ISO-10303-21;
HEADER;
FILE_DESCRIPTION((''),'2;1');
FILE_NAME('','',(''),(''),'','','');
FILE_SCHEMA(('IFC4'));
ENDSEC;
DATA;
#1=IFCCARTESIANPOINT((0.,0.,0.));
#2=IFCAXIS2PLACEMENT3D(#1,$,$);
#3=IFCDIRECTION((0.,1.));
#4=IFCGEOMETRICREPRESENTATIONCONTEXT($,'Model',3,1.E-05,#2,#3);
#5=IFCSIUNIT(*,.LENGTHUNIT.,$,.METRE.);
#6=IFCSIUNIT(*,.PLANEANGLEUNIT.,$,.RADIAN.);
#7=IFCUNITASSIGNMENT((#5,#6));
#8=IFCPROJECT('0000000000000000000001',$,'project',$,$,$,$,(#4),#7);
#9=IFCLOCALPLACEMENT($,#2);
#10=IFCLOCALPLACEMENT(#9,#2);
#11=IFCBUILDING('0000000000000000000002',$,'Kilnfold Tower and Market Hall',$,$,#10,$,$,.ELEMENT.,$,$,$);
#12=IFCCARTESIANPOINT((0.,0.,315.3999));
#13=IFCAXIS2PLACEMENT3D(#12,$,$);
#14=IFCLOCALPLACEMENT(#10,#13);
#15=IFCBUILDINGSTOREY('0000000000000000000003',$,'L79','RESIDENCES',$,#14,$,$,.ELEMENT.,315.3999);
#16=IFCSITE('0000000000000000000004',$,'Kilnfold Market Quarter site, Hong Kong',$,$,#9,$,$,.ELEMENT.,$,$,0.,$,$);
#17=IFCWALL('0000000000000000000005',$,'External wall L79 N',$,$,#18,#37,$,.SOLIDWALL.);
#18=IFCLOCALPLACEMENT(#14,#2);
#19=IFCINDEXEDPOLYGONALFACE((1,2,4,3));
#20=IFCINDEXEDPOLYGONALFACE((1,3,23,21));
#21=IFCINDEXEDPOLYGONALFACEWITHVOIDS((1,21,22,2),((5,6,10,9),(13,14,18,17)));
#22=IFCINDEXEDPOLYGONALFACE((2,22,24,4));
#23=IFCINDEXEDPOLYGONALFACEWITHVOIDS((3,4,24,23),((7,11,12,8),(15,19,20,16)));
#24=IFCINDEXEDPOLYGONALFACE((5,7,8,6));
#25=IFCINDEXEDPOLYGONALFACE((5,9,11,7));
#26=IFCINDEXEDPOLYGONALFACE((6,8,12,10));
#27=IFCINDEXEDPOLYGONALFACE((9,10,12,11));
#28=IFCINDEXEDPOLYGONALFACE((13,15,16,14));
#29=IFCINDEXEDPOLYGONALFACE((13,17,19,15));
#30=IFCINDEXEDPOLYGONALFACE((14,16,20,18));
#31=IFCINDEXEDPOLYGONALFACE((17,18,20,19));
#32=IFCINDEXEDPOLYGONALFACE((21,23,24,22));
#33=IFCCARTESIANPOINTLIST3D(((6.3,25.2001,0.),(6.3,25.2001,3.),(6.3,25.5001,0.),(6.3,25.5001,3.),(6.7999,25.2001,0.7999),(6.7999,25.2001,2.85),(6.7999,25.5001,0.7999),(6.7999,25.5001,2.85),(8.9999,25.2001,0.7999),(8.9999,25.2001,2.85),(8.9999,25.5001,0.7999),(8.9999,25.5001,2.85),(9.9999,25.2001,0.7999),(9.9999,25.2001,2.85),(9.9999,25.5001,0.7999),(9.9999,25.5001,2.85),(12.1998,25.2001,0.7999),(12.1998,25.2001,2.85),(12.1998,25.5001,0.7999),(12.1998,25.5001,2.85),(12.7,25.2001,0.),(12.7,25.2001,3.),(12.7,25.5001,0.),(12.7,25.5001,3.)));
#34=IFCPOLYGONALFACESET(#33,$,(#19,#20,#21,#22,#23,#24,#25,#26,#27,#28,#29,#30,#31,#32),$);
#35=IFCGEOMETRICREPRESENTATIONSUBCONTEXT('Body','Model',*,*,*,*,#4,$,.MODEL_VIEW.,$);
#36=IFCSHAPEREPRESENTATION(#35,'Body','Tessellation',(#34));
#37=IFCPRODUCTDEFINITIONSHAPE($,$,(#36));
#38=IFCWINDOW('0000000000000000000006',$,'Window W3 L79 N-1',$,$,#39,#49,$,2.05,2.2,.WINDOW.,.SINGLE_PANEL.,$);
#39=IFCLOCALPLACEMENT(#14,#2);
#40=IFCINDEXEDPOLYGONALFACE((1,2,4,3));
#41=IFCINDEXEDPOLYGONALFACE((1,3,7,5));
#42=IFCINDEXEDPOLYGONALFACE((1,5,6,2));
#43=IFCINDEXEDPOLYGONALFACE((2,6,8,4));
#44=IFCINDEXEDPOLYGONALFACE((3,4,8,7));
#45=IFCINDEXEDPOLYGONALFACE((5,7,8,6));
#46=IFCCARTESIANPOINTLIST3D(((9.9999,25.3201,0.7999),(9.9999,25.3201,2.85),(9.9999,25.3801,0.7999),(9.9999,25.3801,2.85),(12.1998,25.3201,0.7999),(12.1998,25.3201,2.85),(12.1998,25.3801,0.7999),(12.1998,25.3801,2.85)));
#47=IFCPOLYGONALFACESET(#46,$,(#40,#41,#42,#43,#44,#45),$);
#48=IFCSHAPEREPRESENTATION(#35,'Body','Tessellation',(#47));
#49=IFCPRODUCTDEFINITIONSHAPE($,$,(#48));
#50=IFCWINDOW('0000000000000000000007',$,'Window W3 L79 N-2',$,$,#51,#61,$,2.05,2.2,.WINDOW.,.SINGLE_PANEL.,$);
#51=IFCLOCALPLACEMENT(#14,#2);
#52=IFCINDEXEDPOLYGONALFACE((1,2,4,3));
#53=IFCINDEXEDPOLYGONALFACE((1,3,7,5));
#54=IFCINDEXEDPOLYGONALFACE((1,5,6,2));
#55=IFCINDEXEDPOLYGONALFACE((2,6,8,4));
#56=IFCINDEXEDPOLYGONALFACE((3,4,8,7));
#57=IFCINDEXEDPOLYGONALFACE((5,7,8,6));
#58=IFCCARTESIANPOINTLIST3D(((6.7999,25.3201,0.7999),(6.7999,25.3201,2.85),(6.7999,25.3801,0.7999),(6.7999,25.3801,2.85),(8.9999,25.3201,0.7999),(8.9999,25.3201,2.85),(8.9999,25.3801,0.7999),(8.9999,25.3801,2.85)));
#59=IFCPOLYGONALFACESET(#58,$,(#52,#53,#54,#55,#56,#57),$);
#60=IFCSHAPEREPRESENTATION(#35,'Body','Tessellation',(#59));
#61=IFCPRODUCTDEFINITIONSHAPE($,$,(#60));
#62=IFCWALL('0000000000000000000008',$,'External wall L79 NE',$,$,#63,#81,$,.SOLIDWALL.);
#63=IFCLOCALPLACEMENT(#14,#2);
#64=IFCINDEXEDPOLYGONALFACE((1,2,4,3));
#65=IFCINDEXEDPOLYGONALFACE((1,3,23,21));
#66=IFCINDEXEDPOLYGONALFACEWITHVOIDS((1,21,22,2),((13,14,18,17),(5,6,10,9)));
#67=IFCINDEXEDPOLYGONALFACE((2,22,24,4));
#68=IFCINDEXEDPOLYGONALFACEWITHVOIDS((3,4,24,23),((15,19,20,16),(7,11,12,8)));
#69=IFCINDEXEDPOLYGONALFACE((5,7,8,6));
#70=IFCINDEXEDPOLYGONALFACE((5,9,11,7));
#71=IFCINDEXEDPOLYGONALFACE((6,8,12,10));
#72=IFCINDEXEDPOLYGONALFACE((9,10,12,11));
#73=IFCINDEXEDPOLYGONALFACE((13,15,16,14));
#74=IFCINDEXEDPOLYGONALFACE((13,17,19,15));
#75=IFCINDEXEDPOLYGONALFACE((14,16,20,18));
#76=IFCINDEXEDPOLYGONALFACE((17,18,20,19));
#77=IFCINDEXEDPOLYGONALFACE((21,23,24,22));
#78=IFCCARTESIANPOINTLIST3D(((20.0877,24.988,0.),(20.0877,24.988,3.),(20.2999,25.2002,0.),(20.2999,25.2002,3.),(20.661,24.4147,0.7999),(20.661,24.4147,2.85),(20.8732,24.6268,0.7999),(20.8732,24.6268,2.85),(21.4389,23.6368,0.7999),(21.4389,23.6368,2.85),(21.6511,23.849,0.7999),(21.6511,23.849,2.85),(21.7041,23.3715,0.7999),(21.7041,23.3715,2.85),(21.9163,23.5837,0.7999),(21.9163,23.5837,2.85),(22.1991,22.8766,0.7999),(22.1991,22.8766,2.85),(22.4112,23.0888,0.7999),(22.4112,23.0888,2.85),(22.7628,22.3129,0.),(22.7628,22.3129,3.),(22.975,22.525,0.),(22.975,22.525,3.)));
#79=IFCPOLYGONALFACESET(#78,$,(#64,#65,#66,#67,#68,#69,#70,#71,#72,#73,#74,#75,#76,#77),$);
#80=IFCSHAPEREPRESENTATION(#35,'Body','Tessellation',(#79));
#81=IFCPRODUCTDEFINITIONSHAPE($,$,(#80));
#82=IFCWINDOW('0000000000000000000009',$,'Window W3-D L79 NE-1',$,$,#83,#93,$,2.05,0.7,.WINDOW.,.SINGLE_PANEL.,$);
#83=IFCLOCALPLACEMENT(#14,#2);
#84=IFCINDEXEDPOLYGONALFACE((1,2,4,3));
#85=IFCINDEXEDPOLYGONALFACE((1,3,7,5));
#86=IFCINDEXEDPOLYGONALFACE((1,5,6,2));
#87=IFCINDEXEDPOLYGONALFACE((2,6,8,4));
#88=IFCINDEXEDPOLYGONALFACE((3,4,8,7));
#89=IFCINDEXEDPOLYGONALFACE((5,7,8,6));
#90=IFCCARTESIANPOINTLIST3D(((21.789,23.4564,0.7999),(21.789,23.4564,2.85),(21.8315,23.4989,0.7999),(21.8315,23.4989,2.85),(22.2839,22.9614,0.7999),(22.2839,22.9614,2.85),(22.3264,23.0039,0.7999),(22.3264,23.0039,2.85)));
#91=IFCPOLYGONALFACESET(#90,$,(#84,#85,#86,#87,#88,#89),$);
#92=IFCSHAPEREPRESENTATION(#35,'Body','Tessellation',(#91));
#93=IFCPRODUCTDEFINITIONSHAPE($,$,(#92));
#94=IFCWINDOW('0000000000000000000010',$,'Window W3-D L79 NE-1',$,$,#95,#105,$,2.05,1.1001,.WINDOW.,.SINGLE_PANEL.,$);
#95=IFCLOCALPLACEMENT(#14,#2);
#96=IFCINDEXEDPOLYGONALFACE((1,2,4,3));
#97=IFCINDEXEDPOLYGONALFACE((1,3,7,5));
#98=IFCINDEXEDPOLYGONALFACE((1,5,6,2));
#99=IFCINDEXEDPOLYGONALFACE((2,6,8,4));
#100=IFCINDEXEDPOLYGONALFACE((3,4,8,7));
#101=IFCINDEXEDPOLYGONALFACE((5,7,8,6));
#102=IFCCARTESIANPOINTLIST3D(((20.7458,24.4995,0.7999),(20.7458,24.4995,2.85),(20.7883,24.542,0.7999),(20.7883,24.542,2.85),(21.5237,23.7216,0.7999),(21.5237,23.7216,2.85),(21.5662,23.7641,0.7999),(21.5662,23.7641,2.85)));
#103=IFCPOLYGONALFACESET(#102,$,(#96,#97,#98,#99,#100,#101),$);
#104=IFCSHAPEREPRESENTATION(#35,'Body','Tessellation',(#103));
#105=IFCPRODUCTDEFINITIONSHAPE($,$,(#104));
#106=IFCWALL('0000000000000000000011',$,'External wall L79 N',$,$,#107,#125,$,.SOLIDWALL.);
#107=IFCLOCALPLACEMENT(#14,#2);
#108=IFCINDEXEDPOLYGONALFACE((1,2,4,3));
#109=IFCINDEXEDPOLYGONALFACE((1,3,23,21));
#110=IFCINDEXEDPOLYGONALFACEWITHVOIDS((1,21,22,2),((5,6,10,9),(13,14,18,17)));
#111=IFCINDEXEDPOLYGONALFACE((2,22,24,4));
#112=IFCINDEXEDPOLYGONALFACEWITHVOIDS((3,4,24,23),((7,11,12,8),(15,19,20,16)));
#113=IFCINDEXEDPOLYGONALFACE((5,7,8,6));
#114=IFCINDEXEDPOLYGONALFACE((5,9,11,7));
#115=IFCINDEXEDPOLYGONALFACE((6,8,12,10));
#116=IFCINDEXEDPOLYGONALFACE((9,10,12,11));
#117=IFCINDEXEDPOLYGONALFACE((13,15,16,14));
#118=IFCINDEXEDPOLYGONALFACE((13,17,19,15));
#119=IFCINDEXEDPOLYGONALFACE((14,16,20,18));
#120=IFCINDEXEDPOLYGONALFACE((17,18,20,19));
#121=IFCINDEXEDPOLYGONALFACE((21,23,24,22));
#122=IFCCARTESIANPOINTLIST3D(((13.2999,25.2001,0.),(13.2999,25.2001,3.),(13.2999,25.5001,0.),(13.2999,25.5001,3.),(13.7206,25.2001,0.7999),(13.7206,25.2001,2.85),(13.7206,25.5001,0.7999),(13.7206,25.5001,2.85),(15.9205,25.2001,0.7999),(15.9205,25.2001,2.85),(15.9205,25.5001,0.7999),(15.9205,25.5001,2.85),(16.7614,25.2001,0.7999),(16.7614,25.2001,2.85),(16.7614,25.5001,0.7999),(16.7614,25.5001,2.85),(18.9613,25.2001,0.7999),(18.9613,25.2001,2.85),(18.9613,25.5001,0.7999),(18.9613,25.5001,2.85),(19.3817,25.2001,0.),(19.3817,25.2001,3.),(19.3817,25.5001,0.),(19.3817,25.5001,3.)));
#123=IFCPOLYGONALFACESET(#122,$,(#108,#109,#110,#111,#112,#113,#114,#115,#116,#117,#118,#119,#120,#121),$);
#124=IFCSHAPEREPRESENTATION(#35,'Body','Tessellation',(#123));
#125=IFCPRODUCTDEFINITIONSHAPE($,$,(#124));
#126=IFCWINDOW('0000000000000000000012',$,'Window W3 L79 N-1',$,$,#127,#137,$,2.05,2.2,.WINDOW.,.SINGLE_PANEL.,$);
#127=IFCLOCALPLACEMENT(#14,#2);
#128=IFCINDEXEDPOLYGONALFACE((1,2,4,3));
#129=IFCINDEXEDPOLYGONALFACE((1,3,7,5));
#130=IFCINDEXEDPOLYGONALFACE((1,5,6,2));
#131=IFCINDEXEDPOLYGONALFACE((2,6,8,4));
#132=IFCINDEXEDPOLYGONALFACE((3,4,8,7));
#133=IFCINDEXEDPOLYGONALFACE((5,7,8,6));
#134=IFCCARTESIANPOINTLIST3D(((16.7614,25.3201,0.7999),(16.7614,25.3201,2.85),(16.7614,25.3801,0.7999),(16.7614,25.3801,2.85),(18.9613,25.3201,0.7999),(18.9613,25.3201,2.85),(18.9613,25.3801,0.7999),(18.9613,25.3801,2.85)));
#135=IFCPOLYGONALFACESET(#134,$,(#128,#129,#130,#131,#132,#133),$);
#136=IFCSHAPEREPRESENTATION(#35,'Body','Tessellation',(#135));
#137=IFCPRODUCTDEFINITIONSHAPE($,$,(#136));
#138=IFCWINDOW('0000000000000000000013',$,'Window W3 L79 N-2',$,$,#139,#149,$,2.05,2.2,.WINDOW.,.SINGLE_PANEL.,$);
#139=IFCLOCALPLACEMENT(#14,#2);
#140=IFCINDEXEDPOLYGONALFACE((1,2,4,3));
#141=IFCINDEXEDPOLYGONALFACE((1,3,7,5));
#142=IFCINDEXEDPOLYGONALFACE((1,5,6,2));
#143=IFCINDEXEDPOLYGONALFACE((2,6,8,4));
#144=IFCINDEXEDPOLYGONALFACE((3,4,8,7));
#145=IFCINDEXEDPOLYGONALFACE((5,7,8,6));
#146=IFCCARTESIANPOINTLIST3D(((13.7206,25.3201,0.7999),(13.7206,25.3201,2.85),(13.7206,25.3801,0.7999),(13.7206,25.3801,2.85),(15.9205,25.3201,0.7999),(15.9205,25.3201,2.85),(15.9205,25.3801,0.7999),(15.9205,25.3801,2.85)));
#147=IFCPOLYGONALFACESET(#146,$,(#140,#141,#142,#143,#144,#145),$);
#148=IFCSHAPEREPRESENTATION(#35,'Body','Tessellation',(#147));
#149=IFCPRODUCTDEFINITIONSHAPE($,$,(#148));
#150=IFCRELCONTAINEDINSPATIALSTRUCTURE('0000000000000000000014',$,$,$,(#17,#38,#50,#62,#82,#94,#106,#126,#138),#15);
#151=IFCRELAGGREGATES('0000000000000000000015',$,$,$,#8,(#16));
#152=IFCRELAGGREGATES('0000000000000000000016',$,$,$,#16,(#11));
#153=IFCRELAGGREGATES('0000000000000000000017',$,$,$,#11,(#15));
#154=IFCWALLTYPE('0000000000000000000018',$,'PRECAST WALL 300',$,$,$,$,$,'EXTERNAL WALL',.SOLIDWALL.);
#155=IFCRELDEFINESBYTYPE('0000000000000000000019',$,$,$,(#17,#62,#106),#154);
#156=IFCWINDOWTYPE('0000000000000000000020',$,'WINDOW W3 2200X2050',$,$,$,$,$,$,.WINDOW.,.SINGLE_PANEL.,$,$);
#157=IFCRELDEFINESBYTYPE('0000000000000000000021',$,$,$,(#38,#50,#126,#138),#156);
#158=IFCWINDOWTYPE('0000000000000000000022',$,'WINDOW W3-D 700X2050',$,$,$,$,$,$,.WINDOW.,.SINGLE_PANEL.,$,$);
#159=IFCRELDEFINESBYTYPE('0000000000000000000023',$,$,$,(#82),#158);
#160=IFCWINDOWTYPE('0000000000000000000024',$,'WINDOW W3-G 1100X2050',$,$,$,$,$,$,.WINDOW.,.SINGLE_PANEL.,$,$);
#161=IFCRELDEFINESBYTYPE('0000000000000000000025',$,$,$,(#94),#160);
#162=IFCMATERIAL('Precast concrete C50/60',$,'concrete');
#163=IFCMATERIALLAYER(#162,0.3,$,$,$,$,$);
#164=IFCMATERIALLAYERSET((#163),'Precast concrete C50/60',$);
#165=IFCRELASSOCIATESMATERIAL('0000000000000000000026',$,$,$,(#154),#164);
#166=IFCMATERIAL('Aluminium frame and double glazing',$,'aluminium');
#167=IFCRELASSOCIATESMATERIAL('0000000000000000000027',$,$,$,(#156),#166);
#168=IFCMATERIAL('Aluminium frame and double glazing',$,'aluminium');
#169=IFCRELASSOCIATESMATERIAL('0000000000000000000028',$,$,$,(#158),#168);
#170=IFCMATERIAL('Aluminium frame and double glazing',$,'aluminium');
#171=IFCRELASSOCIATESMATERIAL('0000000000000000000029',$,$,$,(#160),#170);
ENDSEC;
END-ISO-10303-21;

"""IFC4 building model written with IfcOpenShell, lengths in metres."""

from ifc_helpers import new_model, si_unit, direction, frame, frame_2d, origin, place, context, subcontext, project, spatial, rectangle, extrude, source, transform, mapped, material, layer, layer_set, type_object, element, fill, save


model = new_model("IFC4")

# Units and contexts
model_context = context("Model", 3, precision=1e-05, world=origin(), true_north=direction((0.0, 1.0)))
body_context = subcontext(model_context, "Body", "Model", "MODEL_VIEW")
ifc_project = project(units=[si_unit("LENGTHUNIT", "METRE"), si_unit("PLANEANGLEUNIT", "RADIAN")], contexts=[model_context])

# Site, building, storey
site_placement = place(None, origin())
site = spatial("IfcSite", under=ifc_project, at=site_placement, Name="Kilnfold Market Quarter site, Hong Kong", CompositionType="ELEMENT", RefElevation=0.0)
building_placement = place(site_placement, origin())
building = spatial("IfcBuilding", under=site, at=building_placement, Name="Kilnfold Tower and Market Hall", CompositionType="ELEMENT")
storey_placement = place(building_placement, frame((0.0, 0.0, 315.3999)))
storey = spatial("IfcBuildingStorey", under=building, at=storey_placement, Name="L79", Description="RESIDENCES", CompositionType="ELEMENT", Elevation=315.3999)

# Walls, openings, windows
ifc_material_1 = material(Name="Precast concrete C50/60", Category="concrete")
ifc_layer_1 = layer(ifc_material_1, 0.3)
ifc_layer_set_1 = layer_set([ifc_layer_1], Name="Precast concrete C50/60")
wall_type_1 = type_object("IfcWallType", Name="PRECAST WALL 300", ElementType="EXTERNAL WALL", PredefinedType="SOLIDWALL", material=ifc_layer_set_1)
shared_shape_1 = source(origin(), body_context, "Body", "SweptSolid", [
    extrude(rectangle(XDim=6.3999, YDim=0.3, at=frame_2d((3.2, 0.0))), origin(), (0.0, 0.0, 1.0), 3.0),
])
wall_1_placement = place(storey_placement, frame((12.7, 25.3501, 0.0), z_axis=(0.0, 0.0, 1.0), x_axis=(-1.0, 0.0, 0.0)))
wall_1 = element("IfcWall", 1, at=wall_1_placement, inside=storey, type_object=wall_type_1, Name="External wall L79 N", PredefinedType="SOLIDWALL", context=body_context, shape_type="MappedRepresentation", body=[
    mapped(shared_shape_1, transform((0.0, 0.0, 0.0))),
])
opening_1_placement = place(wall_1_placement, frame((0.5, 0.0, 0.8)))
opening_1 = element("IfcOpeningElement", 2, at=opening_1_placement, cuts=wall_1, PredefinedType="OPENING", context=body_context, shape_type="SweptSolid", body=[
    extrude(rectangle(XDim=2.2, YDim=2.05, at=frame_2d((1.1001, 1.0249))), frame((0.0, 0.1602, 0.0), z_axis=(0.0, -1.0, 0.0), x_axis=(1.0, 0.0, 0.0)), (0.0, 0.0, 1.0), 0.3201),
])
opening_2_placement = place(wall_1_placement, frame((3.7, 0.0, 0.8)))
opening_2 = element("IfcOpeningElement", 3, at=opening_2_placement, cuts=wall_1, PredefinedType="OPENING", context=body_context, shape_type="SweptSolid", body=[
    extrude(rectangle(XDim=2.2, YDim=2.05, at=frame_2d((1.1001, 1.0249))), frame((0.0, 0.1602, 0.0), z_axis=(0.0, -1.0, 0.0), x_axis=(1.0, 0.0, 0.0)), (0.0, 0.0, 1.0), 0.3201),
])
ifc_material_2 = material(Name="Aluminium frame and double glazing", Category="aluminium")
window_type_1 = type_object("IfcWindowType", Name="WINDOW W3 2200X2050", PartitioningType="SINGLE_PANEL", PredefinedType="WINDOW", material=ifc_material_2)
window_1_placement = place(opening_1_placement, origin())
window_1 = element("IfcWindow", 4, at=window_1_placement, inside=storey, type_object=window_type_1, Name="Window W3 L79 N-1", OverallHeight=2.05, OverallWidth=2.2, PartitioningType="SINGLE_PANEL", PredefinedType="WINDOW", context=body_context, shape_type="SweptSolid", body=[
    extrude(rectangle(XDim=2.2, YDim=2.05, at=frame_2d((1.1001, 1.0249))), frame((0.0, 0.03, 0.0), z_axis=(0.0, -1.0, 0.0), x_axis=(1.0, 0.0, 0.0)), (0.0, 0.0, 1.0), 0.0601),
])
fill(opening_1, window_1)
window_2_placement = place(opening_2_placement, origin())
window_2 = element("IfcWindow", 5, at=window_2_placement, inside=storey, type_object=window_type_1, Name="Window W3 L79 N-2", OverallHeight=2.05, OverallWidth=2.2, PartitioningType="SINGLE_PANEL", PredefinedType="WINDOW", context=body_context, shape_type="SweptSolid", body=[
    extrude(rectangle(XDim=2.2, YDim=2.05, at=frame_2d((1.1001, 1.0249))), frame((0.0, 0.03, 0.0), z_axis=(0.0, -1.0, 0.0), x_axis=(1.0, 0.0, 0.0)), (0.0, 0.0, 1.0), 0.0601),
])
fill(opening_2, window_2)
shared_shape_2 = source(origin(), body_context, "Body", "SweptSolid", [
    extrude(rectangle(XDim=3.7832, YDim=0.3, at=frame_2d((1.8916, 0.0))), origin(), (0.0, 0.0, 1.0), 3.0),
])
wall_2_placement = place(storey_placement, frame((22.8689, 22.4189, 0.0), z_axis=(0.0, 0.0, 1.0), x_axis=(-0.707107, 0.707107, 0.0)))
wall_2 = element("IfcWall", 6, at=wall_2_placement, inside=storey, type_object=wall_type_1, Name="External wall L79 NE", PredefinedType="SOLIDWALL", context=body_context, shape_type="MappedRepresentation", body=[
    mapped(shared_shape_2, transform((0.0, 0.0, 0.0))),
])
opening_3_placement = place(wall_2_placement, frame((0.7971, 0.0, 0.8)))
opening_3 = element("IfcOpeningElement", 7, at=opening_3_placement, cuts=wall_2, PredefinedType="OPENING", context=body_context, shape_type="SweptSolid", body=[
    extrude(rectangle(XDim=0.7, YDim=2.05, at=frame_2d((0.3501, 1.0249))), frame((0.0, 0.1602, 0.0), z_axis=(0.0, -1.0, 0.0), x_axis=(1.0, 0.0, 0.0)), (0.0, 0.0, 1.0), 0.3201),
])
opening_4_placement = place(wall_2_placement, frame((1.8723, 0.0, 0.8)))
opening_4 = element("IfcOpeningElement", 8, at=opening_4_placement, cuts=wall_2, PredefinedType="OPENING", context=body_context, shape_type="SweptSolid", body=[
    extrude(rectangle(XDim=1.1001, YDim=2.05, at=frame_2d((0.55, 1.0249))), frame((0.0, 0.1602, 0.0), z_axis=(0.0, -1.0, 0.0), x_axis=(1.0, 0.0, 0.0)), (0.0, 0.0, 1.0), 0.3201),
])
ifc_material_3 = material(Name="Aluminium frame and double glazing", Category="aluminium")
window_type_2 = type_object("IfcWindowType", Name="WINDOW W3-D 700X2050", PartitioningType="SINGLE_PANEL", PredefinedType="WINDOW", material=ifc_material_3)
window_3_placement = place(opening_3_placement, origin())
window_3 = element("IfcWindow", 9, at=window_3_placement, inside=storey, type_object=window_type_2, Name="Window W3-D L79 NE-1", OverallHeight=2.05, OverallWidth=0.7, PartitioningType="SINGLE_PANEL", PredefinedType="WINDOW", context=body_context, shape_type="SweptSolid", body=[
    extrude(rectangle(XDim=0.7, YDim=2.05, at=frame_2d((0.3501, 1.0249))), frame((0.0, 0.03, 0.0), z_axis=(0.0, -1.0, 0.0), x_axis=(1.0, 0.0, 0.0)), (0.0, 0.0, 1.0), 0.0601),
])
fill(opening_3, window_3)
ifc_material_4 = material(Name="Aluminium frame and double glazing", Category="aluminium")
window_type_3 = type_object("IfcWindowType", Name="WINDOW W3-G 1100X2050", PartitioningType="SINGLE_PANEL", PredefinedType="WINDOW", material=ifc_material_4)
window_4_placement = place(opening_4_placement, origin())
window_4 = element("IfcWindow", 10, at=window_4_placement, inside=storey, type_object=window_type_3, Name="Window W3-D L79 NE-1", OverallHeight=2.05, OverallWidth=1.1001, PartitioningType="SINGLE_PANEL", PredefinedType="WINDOW", context=body_context, shape_type="SweptSolid", body=[
    extrude(rectangle(XDim=1.1001, YDim=2.05, at=frame_2d((0.55, 1.0249))), frame((0.0, 0.03, 0.0), z_axis=(0.0, -1.0, 0.0), x_axis=(1.0, 0.0, 0.0)), (0.0, 0.0, 1.0), 0.0601),
])
fill(opening_4, window_4)
shared_shape_3 = source(origin(), body_context, "Body", "SweptSolid", [
    extrude(rectangle(XDim=6.0818, YDim=0.3, at=frame_2d((3.041, 0.0))), origin(), (0.0, 0.0, 1.0), 3.0),
])
wall_3_placement = place(storey_placement, frame((19.3818, 25.3501, 0.0), z_axis=(0.0, 0.0, 1.0), x_axis=(-1.0, 0.0, 0.0)))
wall_3 = element("IfcWall", 11, at=wall_3_placement, inside=storey, type_object=wall_type_1, Name="External wall L79 N", PredefinedType="SOLIDWALL", context=body_context, shape_type="MappedRepresentation", body=[
    mapped(shared_shape_3, transform((0.0, 0.0, 0.0))),
])
opening_5_placement = place(wall_3_placement, frame((0.4204, 0.0, 0.8)))
opening_5 = element("IfcOpeningElement", 12, at=opening_5_placement, cuts=wall_3, PredefinedType="OPENING", context=body_context, shape_type="SweptSolid", body=[
    extrude(rectangle(XDim=2.2, YDim=2.05, at=frame_2d((1.1001, 1.0249))), frame((0.0, 0.1602, 0.0), z_axis=(0.0, -1.0, 0.0), x_axis=(1.0, 0.0, 0.0)), (0.0, 0.0, 1.0), 0.3201),
])
opening_6_placement = place(wall_3_placement, frame((3.4612, 0.0, 0.8)))
opening_6 = element("IfcOpeningElement", 13, at=opening_6_placement, cuts=wall_3, PredefinedType="OPENING", context=body_context, shape_type="SweptSolid", body=[
    extrude(rectangle(XDim=2.2, YDim=2.05, at=frame_2d((1.1001, 1.0249))), frame((0.0, 0.1602, 0.0), z_axis=(0.0, -1.0, 0.0), x_axis=(1.0, 0.0, 0.0)), (0.0, 0.0, 1.0), 0.3201),
])
window_5_placement = place(opening_5_placement, origin())
window_5 = element("IfcWindow", 14, at=window_5_placement, inside=storey, type_object=window_type_1, Name="Window W3 L79 N-1", OverallHeight=2.05, OverallWidth=2.2, PartitioningType="SINGLE_PANEL", PredefinedType="WINDOW", context=body_context, shape_type="SweptSolid", body=[
    extrude(rectangle(XDim=2.2, YDim=2.05, at=frame_2d((1.1001, 1.0249))), frame((0.0, 0.03, 0.0), z_axis=(0.0, -1.0, 0.0), x_axis=(1.0, 0.0, 0.0)), (0.0, 0.0, 1.0), 0.0601),
])
fill(opening_5, window_5)
window_6_placement = place(opening_6_placement, origin())
window_6 = element("IfcWindow", 15, at=window_6_placement, inside=storey, type_object=window_type_1, Name="Window W3 L79 N-2", OverallHeight=2.05, OverallWidth=2.2, PartitioningType="SINGLE_PANEL", PredefinedType="WINDOW", context=body_context, shape_type="SweptSolid", body=[
    extrude(rectangle(XDim=2.2, YDim=2.05, at=frame_2d((1.1001, 1.0249))), frame((0.0, 0.03, 0.0), z_axis=(0.0, -1.0, 0.0), x_axis=(1.0, 0.0, 0.0)), (0.0, 0.0, 1.0), 0.0601),
])
fill(opening_6, window_6)

save(model, "model.ifc")
